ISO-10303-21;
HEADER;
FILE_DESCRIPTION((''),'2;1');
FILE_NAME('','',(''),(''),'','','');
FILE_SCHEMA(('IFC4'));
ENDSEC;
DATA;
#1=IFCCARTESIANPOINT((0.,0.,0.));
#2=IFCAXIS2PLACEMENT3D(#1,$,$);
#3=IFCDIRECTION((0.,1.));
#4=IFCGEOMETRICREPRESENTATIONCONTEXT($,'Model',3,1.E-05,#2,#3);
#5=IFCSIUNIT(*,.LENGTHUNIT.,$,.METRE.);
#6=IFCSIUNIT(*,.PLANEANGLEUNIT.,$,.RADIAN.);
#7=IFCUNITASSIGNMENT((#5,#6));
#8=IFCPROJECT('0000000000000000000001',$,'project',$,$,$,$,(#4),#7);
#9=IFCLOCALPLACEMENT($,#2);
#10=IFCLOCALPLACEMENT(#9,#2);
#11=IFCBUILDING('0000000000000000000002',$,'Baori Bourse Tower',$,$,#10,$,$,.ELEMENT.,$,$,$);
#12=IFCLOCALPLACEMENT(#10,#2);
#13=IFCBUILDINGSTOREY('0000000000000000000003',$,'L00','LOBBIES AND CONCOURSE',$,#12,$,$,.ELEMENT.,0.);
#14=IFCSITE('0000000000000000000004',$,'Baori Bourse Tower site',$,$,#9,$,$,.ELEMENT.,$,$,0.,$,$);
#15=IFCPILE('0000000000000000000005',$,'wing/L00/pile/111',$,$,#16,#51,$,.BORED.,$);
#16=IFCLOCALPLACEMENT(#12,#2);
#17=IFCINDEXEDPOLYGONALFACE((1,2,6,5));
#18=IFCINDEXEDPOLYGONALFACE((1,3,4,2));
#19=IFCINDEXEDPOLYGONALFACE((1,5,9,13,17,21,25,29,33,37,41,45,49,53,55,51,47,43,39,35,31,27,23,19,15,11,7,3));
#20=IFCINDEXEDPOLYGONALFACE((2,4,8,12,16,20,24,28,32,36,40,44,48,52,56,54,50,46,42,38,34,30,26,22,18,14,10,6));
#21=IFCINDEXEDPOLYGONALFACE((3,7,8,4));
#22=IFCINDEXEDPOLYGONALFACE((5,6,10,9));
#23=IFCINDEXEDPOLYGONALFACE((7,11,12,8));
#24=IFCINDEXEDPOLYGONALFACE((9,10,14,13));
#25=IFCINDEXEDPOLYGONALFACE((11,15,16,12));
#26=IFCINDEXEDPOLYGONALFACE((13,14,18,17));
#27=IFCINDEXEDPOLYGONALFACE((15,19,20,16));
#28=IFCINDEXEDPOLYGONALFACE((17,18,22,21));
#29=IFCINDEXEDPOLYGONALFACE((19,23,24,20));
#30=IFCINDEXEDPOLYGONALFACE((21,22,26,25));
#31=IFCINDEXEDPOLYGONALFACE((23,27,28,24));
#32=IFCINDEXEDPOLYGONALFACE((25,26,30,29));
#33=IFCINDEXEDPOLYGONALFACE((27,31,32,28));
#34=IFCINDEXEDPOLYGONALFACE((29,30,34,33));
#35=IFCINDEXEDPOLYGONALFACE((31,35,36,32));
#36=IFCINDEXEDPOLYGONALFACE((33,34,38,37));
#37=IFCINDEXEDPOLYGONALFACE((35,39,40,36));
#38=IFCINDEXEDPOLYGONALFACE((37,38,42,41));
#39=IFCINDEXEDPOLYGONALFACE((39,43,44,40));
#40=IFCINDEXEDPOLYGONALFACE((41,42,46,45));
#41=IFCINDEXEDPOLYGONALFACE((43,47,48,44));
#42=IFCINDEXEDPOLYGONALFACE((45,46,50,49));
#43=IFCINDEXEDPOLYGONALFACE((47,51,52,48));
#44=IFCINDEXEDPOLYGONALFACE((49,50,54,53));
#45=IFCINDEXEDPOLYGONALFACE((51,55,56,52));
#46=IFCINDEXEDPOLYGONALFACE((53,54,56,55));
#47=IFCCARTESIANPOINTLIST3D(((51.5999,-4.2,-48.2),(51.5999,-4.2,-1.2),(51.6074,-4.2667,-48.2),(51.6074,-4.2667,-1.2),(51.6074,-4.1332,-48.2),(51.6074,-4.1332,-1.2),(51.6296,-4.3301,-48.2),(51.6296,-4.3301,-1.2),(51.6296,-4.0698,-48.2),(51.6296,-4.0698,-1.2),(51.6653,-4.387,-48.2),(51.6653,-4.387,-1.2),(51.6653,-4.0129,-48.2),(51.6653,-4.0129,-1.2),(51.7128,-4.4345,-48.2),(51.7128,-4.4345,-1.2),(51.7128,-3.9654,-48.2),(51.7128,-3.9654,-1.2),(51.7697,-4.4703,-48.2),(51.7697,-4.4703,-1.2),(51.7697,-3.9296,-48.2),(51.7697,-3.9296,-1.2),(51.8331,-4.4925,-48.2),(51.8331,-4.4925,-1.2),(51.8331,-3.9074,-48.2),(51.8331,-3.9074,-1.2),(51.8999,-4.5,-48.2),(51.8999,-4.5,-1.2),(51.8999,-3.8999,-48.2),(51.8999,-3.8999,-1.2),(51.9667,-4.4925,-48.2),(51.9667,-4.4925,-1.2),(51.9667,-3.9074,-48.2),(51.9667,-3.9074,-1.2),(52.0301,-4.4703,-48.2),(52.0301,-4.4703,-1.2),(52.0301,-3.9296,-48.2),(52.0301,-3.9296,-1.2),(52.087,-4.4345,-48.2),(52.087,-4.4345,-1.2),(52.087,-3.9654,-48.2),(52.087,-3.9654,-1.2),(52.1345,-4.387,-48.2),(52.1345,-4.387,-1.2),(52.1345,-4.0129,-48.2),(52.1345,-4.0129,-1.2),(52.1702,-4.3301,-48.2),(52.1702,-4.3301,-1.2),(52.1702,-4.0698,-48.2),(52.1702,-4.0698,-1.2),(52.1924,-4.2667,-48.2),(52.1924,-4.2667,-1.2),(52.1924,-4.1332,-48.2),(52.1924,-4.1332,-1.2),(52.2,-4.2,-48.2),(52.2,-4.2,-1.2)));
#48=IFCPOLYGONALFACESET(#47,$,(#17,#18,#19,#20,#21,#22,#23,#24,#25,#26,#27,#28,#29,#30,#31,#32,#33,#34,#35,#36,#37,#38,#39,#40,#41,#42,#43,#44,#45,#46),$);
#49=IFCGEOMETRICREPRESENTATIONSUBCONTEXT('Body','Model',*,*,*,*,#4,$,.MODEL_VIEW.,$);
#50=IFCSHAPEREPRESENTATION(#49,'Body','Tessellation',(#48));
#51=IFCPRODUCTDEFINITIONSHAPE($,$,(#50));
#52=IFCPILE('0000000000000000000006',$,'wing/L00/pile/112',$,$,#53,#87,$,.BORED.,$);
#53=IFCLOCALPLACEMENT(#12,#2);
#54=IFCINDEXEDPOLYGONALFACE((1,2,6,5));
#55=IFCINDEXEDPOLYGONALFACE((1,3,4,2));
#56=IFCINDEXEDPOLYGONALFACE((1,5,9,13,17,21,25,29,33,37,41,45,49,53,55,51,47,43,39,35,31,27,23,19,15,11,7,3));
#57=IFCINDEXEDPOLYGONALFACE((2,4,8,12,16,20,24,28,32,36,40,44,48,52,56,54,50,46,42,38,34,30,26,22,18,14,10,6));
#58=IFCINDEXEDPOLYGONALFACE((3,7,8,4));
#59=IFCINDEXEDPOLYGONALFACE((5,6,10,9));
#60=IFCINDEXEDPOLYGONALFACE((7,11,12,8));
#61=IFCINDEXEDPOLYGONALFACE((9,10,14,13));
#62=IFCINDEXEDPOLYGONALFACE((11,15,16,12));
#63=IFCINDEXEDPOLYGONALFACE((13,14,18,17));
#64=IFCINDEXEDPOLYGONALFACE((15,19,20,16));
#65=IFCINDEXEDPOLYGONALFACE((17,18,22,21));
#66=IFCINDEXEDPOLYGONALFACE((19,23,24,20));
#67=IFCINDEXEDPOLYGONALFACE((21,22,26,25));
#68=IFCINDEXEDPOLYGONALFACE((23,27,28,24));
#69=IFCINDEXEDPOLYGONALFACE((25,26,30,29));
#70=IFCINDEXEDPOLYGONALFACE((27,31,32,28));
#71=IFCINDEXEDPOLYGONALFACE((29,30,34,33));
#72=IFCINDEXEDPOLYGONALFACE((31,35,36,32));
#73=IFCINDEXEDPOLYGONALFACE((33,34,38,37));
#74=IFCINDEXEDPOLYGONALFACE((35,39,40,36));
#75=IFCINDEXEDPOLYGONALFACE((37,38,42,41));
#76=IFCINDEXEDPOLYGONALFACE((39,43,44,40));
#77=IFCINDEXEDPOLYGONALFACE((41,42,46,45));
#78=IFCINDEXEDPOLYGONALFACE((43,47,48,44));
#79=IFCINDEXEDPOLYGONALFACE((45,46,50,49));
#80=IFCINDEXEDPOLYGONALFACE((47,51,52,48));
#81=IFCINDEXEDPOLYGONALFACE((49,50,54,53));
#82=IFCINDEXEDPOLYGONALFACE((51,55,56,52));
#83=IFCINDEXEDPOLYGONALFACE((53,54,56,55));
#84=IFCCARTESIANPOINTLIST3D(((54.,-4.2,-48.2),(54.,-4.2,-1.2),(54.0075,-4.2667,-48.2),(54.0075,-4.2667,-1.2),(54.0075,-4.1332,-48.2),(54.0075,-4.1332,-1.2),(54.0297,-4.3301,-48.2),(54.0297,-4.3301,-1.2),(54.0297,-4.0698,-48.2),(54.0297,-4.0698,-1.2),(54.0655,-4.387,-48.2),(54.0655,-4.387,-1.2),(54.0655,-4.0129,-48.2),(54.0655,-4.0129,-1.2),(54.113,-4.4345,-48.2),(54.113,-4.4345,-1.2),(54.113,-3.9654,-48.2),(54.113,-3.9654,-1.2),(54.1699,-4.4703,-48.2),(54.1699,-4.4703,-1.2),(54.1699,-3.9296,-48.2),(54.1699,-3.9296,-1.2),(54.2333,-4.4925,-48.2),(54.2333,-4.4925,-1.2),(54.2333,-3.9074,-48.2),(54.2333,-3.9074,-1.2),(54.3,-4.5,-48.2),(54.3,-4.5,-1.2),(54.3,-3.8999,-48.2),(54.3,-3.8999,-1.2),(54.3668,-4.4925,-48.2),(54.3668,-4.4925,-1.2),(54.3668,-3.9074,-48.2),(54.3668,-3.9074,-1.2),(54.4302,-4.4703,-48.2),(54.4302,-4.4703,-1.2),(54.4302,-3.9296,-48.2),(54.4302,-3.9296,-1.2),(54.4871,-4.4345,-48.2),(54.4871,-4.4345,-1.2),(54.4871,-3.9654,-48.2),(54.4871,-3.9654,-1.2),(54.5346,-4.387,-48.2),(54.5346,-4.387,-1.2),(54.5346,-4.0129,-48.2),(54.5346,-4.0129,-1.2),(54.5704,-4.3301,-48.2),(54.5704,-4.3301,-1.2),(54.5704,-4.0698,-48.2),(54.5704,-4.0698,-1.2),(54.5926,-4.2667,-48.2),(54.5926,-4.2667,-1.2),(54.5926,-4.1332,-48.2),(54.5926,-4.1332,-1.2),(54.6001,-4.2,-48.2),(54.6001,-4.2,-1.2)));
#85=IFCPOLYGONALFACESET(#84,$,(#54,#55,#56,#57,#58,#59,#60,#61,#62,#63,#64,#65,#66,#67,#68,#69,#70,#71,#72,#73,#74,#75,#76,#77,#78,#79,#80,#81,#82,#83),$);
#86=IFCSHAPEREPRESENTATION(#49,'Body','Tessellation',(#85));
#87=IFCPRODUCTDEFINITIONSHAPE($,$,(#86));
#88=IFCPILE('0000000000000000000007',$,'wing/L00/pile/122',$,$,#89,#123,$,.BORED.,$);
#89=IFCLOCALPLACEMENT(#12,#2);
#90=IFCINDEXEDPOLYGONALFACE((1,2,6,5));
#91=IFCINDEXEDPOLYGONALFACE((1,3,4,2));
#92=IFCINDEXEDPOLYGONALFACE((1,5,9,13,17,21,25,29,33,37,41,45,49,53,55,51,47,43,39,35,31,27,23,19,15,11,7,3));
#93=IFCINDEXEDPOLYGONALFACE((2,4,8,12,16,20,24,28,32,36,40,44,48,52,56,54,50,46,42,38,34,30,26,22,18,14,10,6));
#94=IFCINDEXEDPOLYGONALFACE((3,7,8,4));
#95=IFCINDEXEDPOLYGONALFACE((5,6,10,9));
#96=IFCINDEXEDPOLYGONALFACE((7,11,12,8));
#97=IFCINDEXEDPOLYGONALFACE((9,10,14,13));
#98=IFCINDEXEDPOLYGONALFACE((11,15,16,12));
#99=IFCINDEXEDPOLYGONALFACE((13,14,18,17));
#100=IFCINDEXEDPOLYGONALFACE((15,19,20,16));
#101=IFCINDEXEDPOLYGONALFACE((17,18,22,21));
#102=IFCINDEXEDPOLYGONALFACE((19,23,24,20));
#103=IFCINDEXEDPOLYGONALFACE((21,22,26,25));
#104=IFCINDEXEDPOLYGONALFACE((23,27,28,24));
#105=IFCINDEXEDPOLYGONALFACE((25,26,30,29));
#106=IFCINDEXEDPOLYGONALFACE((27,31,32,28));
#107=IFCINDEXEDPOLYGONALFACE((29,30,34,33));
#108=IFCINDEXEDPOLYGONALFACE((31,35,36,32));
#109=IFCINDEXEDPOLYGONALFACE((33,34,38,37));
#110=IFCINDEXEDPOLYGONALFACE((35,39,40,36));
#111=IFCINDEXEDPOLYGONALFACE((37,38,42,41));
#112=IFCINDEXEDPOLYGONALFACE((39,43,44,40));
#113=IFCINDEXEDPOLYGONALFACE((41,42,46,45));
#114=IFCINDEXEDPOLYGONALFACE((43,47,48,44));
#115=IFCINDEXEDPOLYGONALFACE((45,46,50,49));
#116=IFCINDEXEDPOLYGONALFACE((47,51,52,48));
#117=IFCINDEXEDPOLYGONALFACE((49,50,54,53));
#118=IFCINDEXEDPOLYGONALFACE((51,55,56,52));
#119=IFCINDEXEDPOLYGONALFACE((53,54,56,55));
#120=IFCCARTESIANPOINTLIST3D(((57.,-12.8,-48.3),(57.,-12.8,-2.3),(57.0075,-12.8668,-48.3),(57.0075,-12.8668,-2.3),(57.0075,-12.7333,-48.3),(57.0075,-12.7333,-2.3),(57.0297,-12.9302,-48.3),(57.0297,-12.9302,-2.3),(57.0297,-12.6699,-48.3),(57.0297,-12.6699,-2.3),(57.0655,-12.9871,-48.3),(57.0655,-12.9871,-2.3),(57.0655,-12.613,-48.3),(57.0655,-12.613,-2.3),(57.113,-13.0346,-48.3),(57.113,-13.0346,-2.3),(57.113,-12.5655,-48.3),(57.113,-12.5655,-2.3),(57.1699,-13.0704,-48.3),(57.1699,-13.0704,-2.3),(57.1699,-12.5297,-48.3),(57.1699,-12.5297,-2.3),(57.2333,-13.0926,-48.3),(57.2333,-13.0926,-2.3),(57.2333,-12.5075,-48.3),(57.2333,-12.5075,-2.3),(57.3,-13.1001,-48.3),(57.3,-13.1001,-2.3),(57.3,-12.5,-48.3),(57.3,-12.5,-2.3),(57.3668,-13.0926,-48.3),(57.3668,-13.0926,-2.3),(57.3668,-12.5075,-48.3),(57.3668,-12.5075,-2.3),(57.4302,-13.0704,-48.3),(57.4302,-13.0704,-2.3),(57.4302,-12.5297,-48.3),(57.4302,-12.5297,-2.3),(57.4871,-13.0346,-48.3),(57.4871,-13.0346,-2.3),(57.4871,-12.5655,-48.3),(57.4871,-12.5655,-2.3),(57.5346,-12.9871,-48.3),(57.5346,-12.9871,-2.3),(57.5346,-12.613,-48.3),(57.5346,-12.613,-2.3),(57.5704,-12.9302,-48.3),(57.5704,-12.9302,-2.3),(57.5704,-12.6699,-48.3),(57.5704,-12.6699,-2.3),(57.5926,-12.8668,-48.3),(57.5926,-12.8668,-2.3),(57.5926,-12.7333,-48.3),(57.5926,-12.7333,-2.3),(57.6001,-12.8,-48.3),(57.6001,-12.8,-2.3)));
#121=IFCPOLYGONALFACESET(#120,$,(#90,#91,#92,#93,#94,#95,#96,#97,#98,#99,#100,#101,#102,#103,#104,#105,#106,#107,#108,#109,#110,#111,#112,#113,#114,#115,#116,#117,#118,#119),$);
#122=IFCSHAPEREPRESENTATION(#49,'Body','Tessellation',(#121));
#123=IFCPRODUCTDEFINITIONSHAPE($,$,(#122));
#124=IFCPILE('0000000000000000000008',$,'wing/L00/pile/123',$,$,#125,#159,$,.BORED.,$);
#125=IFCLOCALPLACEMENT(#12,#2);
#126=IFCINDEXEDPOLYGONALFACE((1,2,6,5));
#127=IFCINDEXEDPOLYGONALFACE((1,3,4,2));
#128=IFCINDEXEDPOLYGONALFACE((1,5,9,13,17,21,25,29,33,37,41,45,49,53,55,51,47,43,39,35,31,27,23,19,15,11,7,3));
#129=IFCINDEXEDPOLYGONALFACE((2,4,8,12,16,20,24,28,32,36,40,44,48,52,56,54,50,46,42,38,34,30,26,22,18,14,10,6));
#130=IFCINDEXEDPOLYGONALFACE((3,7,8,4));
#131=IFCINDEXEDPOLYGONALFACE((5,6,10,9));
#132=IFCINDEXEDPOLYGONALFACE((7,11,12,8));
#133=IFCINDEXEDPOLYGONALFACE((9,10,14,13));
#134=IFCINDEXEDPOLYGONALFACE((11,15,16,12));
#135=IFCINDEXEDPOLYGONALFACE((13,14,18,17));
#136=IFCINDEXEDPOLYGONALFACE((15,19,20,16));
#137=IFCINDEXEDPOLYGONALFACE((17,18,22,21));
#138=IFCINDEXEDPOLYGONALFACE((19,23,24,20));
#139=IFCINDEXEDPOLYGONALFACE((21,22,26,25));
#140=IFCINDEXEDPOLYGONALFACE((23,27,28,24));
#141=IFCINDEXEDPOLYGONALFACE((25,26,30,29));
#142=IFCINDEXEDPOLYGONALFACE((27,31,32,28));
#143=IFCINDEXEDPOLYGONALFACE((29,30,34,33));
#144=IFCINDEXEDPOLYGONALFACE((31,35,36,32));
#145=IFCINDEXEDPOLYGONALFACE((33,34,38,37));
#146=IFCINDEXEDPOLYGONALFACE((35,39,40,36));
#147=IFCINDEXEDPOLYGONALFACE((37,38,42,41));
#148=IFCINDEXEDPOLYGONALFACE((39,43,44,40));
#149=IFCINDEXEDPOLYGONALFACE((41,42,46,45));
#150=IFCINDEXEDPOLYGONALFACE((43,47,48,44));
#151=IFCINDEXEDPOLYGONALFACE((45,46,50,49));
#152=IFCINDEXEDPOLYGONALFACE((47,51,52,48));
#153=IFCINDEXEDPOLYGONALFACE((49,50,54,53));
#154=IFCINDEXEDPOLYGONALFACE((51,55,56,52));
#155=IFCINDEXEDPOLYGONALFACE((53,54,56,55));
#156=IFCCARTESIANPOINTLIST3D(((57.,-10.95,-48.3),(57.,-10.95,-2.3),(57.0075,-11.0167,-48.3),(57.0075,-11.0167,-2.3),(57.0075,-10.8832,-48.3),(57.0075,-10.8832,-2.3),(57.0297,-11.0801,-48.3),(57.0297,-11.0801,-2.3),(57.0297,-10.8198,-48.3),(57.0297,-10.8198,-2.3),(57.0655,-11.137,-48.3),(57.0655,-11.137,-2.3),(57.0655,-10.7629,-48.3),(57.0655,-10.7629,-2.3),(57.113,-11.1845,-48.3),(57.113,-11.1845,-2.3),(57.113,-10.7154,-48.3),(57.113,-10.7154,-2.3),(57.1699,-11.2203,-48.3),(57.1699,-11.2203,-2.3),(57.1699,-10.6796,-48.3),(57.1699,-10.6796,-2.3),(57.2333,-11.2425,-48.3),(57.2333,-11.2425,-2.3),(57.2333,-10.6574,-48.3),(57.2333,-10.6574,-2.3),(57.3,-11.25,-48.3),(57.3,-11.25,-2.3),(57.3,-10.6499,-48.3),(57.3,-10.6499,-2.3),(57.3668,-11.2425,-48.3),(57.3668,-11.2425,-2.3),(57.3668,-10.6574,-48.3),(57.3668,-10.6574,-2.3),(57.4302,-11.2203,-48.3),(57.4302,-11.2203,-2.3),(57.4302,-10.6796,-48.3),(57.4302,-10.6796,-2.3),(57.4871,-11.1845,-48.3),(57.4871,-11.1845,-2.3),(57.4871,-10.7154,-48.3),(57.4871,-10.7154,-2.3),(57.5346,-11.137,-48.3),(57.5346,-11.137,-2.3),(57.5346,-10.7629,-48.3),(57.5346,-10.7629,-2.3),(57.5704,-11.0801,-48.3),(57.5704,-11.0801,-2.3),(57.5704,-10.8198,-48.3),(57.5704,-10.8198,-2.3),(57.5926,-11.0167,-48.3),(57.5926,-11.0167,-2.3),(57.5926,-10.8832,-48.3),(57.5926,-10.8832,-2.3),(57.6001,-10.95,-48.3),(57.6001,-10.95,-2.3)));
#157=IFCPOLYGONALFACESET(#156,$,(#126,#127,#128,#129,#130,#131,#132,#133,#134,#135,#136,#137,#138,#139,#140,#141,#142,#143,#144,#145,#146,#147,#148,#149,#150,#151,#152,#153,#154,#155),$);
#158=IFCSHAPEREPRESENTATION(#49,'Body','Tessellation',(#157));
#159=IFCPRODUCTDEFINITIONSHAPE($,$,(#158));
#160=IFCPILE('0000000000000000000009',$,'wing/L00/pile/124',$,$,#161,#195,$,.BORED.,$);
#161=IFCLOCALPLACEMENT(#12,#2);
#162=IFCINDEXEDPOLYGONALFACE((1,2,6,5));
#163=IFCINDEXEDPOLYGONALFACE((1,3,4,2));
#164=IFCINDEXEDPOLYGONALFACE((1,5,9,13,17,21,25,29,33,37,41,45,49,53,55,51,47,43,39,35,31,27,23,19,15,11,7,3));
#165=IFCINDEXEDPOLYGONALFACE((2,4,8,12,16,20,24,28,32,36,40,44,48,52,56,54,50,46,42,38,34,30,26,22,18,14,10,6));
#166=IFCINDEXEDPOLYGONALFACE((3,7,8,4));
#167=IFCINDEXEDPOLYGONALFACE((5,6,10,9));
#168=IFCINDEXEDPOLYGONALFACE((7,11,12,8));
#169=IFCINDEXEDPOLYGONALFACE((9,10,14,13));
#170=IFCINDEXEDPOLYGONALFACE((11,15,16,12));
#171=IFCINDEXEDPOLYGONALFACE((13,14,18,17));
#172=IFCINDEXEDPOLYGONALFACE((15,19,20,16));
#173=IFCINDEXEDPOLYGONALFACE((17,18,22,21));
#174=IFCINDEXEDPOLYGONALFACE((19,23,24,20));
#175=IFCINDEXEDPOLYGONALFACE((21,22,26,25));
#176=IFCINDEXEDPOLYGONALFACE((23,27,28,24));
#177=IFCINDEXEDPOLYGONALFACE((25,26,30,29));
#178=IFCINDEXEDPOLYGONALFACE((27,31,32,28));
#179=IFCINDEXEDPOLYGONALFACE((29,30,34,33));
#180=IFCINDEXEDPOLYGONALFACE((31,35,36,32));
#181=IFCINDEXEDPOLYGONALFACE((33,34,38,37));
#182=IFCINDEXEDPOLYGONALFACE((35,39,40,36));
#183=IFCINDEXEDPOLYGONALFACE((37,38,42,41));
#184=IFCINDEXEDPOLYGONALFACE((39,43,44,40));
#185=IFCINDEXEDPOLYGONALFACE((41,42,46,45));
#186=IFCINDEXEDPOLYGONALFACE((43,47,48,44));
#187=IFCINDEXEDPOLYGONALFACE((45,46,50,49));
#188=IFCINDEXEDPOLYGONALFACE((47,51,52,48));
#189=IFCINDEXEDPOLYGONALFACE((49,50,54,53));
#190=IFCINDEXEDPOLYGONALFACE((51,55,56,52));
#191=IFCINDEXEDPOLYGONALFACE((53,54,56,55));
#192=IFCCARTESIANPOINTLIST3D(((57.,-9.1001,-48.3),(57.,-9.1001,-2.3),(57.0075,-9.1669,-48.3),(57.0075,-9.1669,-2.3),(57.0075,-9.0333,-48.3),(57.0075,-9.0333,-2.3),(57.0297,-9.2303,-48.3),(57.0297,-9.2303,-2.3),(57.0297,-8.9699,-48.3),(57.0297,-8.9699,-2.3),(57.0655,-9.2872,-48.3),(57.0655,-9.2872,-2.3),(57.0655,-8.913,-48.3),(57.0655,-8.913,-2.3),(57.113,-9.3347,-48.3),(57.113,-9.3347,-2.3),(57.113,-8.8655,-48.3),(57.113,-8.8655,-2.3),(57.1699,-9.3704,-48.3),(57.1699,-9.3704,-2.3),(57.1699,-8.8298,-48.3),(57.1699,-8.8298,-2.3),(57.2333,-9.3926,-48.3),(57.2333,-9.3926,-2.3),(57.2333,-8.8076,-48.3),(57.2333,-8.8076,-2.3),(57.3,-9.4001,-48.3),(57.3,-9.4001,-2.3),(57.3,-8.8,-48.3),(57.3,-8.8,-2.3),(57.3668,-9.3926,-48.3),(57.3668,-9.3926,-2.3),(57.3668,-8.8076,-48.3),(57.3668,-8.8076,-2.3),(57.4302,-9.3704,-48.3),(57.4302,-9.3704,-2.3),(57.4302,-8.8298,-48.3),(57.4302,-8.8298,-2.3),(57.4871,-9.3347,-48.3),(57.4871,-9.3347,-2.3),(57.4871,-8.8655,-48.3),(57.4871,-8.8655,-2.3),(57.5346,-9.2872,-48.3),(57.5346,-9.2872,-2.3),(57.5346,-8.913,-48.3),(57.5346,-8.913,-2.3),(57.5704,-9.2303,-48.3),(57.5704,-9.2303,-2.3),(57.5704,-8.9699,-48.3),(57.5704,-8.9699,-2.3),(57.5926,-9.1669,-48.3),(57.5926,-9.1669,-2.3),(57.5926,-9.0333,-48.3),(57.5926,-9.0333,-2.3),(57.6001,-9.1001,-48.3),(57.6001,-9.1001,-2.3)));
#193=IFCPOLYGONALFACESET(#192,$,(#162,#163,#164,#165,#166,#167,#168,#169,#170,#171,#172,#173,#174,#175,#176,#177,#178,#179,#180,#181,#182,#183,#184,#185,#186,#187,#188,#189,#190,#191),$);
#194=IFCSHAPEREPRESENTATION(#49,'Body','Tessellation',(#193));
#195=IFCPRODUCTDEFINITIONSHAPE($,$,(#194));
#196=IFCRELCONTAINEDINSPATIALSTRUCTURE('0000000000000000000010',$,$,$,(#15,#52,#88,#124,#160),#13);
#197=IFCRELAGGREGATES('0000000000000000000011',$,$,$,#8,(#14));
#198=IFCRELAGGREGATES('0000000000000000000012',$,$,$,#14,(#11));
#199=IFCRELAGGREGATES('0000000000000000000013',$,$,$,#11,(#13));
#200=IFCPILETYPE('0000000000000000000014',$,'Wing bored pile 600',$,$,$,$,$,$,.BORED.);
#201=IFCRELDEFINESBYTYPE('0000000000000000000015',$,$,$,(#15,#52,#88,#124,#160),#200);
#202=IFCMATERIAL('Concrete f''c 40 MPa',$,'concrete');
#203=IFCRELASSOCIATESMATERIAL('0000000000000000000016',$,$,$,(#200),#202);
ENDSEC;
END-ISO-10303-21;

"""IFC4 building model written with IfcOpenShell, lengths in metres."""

from ifc_helpers import new_model, si_unit, direction, frame, origin, origin_2d, place, context, subcontext, project, spatial, circle, extrude, material, material_profile, profile_set, type_object, element, save


model = new_model("IFC4")

# Units and contexts
model_context = context("Model", 3, precision=1e-05, world=origin(), true_north=direction((0.0, 1.0)))
body_context = subcontext(model_context, "Body", "Model", "MODEL_VIEW")
ifc_project = project(units=[si_unit("LENGTHUNIT", "METRE"), si_unit("PLANEANGLEUNIT", "RADIAN")], contexts=[model_context])

# Site, building, storey
site_placement = place(None, origin())
site = spatial("IfcSite", under=ifc_project, at=site_placement, Name="Baori Bourse Tower site", CompositionType="ELEMENT", RefElevation=0.0)
building_placement = place(site_placement, origin())
building = spatial("IfcBuilding", under=site, at=building_placement, Name="Baori Bourse Tower", CompositionType="ELEMENT")
storey_placement = place(building_placement, origin())
storey = spatial("IfcBuildingStorey", under=building, at=storey_placement, Name="L00", Description="LOBBIES AND CONCOURSE", CompositionType="ELEMENT", Elevation=0.0)

# Piles
ifc_material_1 = material(Name="Concrete f'c 40 MPa", Category="concrete")
ifc_material_profile_1 = material_profile(ifc_material_1, circle(Radius=0.3, at=origin_2d()), Name="Wing bored pile 600")
ifc_profile_set_1 = profile_set([ifc_material_profile_1], Name="Concrete f'c 40 MPa")
pile_type_1 = type_object("IfcPileType", Name="Wing bored pile 600", PredefinedType="BORED", material=ifc_profile_set_1)
for number, where, z_axis, x_axis, name in (
    (1, (51.8999, -4.2, -1.2), (0.0, 0.0, -1.0), (1.0, 0.0, 0.0), "wing/L00/pile/111"),
    (2, (54.3, -4.2, -1.2), (0.0, 0.0, -1.0), (1.0, 0.0, 0.0), "wing/L00/pile/112"),
):
    element("IfcPile", number, at=place(storey_placement, frame(where, z_axis=z_axis, x_axis=x_axis)), inside=storey, type_object=pile_type_1, Name=name, PredefinedType="BORED", context=body_context, shape_type="SweptSolid", body=[
        extrude(circle(Radius=0.3, at=origin_2d()), origin(), (0.0, 0.0, 1.0), 47.0),
    ])
for number, where, z_axis, x_axis, name in (
    (3, (57.3, -12.8, -2.3), (0.0, 0.0, -1.0), (1.0, 0.0, 0.0), "wing/L00/pile/122"),
    (4, (57.3, -10.95, -2.3), (0.0, 0.0, -1.0), (1.0, 0.0, 0.0), "wing/L00/pile/123"),
    (5, (57.3, -9.1001, -2.3), (0.0, 0.0, -1.0), (1.0, 0.0, 0.0), "wing/L00/pile/124"),
):
    element("IfcPile", number, at=place(storey_placement, frame(where, z_axis=z_axis, x_axis=x_axis)), inside=storey, type_object=pile_type_1, Name=name, PredefinedType="BORED", context=body_context, shape_type="SweptSolid", body=[
        extrude(circle(Radius=0.3, at=origin_2d()), origin(), (0.0, 0.0, 1.0), 46.0),
    ])

save(model, "model.ifc")
